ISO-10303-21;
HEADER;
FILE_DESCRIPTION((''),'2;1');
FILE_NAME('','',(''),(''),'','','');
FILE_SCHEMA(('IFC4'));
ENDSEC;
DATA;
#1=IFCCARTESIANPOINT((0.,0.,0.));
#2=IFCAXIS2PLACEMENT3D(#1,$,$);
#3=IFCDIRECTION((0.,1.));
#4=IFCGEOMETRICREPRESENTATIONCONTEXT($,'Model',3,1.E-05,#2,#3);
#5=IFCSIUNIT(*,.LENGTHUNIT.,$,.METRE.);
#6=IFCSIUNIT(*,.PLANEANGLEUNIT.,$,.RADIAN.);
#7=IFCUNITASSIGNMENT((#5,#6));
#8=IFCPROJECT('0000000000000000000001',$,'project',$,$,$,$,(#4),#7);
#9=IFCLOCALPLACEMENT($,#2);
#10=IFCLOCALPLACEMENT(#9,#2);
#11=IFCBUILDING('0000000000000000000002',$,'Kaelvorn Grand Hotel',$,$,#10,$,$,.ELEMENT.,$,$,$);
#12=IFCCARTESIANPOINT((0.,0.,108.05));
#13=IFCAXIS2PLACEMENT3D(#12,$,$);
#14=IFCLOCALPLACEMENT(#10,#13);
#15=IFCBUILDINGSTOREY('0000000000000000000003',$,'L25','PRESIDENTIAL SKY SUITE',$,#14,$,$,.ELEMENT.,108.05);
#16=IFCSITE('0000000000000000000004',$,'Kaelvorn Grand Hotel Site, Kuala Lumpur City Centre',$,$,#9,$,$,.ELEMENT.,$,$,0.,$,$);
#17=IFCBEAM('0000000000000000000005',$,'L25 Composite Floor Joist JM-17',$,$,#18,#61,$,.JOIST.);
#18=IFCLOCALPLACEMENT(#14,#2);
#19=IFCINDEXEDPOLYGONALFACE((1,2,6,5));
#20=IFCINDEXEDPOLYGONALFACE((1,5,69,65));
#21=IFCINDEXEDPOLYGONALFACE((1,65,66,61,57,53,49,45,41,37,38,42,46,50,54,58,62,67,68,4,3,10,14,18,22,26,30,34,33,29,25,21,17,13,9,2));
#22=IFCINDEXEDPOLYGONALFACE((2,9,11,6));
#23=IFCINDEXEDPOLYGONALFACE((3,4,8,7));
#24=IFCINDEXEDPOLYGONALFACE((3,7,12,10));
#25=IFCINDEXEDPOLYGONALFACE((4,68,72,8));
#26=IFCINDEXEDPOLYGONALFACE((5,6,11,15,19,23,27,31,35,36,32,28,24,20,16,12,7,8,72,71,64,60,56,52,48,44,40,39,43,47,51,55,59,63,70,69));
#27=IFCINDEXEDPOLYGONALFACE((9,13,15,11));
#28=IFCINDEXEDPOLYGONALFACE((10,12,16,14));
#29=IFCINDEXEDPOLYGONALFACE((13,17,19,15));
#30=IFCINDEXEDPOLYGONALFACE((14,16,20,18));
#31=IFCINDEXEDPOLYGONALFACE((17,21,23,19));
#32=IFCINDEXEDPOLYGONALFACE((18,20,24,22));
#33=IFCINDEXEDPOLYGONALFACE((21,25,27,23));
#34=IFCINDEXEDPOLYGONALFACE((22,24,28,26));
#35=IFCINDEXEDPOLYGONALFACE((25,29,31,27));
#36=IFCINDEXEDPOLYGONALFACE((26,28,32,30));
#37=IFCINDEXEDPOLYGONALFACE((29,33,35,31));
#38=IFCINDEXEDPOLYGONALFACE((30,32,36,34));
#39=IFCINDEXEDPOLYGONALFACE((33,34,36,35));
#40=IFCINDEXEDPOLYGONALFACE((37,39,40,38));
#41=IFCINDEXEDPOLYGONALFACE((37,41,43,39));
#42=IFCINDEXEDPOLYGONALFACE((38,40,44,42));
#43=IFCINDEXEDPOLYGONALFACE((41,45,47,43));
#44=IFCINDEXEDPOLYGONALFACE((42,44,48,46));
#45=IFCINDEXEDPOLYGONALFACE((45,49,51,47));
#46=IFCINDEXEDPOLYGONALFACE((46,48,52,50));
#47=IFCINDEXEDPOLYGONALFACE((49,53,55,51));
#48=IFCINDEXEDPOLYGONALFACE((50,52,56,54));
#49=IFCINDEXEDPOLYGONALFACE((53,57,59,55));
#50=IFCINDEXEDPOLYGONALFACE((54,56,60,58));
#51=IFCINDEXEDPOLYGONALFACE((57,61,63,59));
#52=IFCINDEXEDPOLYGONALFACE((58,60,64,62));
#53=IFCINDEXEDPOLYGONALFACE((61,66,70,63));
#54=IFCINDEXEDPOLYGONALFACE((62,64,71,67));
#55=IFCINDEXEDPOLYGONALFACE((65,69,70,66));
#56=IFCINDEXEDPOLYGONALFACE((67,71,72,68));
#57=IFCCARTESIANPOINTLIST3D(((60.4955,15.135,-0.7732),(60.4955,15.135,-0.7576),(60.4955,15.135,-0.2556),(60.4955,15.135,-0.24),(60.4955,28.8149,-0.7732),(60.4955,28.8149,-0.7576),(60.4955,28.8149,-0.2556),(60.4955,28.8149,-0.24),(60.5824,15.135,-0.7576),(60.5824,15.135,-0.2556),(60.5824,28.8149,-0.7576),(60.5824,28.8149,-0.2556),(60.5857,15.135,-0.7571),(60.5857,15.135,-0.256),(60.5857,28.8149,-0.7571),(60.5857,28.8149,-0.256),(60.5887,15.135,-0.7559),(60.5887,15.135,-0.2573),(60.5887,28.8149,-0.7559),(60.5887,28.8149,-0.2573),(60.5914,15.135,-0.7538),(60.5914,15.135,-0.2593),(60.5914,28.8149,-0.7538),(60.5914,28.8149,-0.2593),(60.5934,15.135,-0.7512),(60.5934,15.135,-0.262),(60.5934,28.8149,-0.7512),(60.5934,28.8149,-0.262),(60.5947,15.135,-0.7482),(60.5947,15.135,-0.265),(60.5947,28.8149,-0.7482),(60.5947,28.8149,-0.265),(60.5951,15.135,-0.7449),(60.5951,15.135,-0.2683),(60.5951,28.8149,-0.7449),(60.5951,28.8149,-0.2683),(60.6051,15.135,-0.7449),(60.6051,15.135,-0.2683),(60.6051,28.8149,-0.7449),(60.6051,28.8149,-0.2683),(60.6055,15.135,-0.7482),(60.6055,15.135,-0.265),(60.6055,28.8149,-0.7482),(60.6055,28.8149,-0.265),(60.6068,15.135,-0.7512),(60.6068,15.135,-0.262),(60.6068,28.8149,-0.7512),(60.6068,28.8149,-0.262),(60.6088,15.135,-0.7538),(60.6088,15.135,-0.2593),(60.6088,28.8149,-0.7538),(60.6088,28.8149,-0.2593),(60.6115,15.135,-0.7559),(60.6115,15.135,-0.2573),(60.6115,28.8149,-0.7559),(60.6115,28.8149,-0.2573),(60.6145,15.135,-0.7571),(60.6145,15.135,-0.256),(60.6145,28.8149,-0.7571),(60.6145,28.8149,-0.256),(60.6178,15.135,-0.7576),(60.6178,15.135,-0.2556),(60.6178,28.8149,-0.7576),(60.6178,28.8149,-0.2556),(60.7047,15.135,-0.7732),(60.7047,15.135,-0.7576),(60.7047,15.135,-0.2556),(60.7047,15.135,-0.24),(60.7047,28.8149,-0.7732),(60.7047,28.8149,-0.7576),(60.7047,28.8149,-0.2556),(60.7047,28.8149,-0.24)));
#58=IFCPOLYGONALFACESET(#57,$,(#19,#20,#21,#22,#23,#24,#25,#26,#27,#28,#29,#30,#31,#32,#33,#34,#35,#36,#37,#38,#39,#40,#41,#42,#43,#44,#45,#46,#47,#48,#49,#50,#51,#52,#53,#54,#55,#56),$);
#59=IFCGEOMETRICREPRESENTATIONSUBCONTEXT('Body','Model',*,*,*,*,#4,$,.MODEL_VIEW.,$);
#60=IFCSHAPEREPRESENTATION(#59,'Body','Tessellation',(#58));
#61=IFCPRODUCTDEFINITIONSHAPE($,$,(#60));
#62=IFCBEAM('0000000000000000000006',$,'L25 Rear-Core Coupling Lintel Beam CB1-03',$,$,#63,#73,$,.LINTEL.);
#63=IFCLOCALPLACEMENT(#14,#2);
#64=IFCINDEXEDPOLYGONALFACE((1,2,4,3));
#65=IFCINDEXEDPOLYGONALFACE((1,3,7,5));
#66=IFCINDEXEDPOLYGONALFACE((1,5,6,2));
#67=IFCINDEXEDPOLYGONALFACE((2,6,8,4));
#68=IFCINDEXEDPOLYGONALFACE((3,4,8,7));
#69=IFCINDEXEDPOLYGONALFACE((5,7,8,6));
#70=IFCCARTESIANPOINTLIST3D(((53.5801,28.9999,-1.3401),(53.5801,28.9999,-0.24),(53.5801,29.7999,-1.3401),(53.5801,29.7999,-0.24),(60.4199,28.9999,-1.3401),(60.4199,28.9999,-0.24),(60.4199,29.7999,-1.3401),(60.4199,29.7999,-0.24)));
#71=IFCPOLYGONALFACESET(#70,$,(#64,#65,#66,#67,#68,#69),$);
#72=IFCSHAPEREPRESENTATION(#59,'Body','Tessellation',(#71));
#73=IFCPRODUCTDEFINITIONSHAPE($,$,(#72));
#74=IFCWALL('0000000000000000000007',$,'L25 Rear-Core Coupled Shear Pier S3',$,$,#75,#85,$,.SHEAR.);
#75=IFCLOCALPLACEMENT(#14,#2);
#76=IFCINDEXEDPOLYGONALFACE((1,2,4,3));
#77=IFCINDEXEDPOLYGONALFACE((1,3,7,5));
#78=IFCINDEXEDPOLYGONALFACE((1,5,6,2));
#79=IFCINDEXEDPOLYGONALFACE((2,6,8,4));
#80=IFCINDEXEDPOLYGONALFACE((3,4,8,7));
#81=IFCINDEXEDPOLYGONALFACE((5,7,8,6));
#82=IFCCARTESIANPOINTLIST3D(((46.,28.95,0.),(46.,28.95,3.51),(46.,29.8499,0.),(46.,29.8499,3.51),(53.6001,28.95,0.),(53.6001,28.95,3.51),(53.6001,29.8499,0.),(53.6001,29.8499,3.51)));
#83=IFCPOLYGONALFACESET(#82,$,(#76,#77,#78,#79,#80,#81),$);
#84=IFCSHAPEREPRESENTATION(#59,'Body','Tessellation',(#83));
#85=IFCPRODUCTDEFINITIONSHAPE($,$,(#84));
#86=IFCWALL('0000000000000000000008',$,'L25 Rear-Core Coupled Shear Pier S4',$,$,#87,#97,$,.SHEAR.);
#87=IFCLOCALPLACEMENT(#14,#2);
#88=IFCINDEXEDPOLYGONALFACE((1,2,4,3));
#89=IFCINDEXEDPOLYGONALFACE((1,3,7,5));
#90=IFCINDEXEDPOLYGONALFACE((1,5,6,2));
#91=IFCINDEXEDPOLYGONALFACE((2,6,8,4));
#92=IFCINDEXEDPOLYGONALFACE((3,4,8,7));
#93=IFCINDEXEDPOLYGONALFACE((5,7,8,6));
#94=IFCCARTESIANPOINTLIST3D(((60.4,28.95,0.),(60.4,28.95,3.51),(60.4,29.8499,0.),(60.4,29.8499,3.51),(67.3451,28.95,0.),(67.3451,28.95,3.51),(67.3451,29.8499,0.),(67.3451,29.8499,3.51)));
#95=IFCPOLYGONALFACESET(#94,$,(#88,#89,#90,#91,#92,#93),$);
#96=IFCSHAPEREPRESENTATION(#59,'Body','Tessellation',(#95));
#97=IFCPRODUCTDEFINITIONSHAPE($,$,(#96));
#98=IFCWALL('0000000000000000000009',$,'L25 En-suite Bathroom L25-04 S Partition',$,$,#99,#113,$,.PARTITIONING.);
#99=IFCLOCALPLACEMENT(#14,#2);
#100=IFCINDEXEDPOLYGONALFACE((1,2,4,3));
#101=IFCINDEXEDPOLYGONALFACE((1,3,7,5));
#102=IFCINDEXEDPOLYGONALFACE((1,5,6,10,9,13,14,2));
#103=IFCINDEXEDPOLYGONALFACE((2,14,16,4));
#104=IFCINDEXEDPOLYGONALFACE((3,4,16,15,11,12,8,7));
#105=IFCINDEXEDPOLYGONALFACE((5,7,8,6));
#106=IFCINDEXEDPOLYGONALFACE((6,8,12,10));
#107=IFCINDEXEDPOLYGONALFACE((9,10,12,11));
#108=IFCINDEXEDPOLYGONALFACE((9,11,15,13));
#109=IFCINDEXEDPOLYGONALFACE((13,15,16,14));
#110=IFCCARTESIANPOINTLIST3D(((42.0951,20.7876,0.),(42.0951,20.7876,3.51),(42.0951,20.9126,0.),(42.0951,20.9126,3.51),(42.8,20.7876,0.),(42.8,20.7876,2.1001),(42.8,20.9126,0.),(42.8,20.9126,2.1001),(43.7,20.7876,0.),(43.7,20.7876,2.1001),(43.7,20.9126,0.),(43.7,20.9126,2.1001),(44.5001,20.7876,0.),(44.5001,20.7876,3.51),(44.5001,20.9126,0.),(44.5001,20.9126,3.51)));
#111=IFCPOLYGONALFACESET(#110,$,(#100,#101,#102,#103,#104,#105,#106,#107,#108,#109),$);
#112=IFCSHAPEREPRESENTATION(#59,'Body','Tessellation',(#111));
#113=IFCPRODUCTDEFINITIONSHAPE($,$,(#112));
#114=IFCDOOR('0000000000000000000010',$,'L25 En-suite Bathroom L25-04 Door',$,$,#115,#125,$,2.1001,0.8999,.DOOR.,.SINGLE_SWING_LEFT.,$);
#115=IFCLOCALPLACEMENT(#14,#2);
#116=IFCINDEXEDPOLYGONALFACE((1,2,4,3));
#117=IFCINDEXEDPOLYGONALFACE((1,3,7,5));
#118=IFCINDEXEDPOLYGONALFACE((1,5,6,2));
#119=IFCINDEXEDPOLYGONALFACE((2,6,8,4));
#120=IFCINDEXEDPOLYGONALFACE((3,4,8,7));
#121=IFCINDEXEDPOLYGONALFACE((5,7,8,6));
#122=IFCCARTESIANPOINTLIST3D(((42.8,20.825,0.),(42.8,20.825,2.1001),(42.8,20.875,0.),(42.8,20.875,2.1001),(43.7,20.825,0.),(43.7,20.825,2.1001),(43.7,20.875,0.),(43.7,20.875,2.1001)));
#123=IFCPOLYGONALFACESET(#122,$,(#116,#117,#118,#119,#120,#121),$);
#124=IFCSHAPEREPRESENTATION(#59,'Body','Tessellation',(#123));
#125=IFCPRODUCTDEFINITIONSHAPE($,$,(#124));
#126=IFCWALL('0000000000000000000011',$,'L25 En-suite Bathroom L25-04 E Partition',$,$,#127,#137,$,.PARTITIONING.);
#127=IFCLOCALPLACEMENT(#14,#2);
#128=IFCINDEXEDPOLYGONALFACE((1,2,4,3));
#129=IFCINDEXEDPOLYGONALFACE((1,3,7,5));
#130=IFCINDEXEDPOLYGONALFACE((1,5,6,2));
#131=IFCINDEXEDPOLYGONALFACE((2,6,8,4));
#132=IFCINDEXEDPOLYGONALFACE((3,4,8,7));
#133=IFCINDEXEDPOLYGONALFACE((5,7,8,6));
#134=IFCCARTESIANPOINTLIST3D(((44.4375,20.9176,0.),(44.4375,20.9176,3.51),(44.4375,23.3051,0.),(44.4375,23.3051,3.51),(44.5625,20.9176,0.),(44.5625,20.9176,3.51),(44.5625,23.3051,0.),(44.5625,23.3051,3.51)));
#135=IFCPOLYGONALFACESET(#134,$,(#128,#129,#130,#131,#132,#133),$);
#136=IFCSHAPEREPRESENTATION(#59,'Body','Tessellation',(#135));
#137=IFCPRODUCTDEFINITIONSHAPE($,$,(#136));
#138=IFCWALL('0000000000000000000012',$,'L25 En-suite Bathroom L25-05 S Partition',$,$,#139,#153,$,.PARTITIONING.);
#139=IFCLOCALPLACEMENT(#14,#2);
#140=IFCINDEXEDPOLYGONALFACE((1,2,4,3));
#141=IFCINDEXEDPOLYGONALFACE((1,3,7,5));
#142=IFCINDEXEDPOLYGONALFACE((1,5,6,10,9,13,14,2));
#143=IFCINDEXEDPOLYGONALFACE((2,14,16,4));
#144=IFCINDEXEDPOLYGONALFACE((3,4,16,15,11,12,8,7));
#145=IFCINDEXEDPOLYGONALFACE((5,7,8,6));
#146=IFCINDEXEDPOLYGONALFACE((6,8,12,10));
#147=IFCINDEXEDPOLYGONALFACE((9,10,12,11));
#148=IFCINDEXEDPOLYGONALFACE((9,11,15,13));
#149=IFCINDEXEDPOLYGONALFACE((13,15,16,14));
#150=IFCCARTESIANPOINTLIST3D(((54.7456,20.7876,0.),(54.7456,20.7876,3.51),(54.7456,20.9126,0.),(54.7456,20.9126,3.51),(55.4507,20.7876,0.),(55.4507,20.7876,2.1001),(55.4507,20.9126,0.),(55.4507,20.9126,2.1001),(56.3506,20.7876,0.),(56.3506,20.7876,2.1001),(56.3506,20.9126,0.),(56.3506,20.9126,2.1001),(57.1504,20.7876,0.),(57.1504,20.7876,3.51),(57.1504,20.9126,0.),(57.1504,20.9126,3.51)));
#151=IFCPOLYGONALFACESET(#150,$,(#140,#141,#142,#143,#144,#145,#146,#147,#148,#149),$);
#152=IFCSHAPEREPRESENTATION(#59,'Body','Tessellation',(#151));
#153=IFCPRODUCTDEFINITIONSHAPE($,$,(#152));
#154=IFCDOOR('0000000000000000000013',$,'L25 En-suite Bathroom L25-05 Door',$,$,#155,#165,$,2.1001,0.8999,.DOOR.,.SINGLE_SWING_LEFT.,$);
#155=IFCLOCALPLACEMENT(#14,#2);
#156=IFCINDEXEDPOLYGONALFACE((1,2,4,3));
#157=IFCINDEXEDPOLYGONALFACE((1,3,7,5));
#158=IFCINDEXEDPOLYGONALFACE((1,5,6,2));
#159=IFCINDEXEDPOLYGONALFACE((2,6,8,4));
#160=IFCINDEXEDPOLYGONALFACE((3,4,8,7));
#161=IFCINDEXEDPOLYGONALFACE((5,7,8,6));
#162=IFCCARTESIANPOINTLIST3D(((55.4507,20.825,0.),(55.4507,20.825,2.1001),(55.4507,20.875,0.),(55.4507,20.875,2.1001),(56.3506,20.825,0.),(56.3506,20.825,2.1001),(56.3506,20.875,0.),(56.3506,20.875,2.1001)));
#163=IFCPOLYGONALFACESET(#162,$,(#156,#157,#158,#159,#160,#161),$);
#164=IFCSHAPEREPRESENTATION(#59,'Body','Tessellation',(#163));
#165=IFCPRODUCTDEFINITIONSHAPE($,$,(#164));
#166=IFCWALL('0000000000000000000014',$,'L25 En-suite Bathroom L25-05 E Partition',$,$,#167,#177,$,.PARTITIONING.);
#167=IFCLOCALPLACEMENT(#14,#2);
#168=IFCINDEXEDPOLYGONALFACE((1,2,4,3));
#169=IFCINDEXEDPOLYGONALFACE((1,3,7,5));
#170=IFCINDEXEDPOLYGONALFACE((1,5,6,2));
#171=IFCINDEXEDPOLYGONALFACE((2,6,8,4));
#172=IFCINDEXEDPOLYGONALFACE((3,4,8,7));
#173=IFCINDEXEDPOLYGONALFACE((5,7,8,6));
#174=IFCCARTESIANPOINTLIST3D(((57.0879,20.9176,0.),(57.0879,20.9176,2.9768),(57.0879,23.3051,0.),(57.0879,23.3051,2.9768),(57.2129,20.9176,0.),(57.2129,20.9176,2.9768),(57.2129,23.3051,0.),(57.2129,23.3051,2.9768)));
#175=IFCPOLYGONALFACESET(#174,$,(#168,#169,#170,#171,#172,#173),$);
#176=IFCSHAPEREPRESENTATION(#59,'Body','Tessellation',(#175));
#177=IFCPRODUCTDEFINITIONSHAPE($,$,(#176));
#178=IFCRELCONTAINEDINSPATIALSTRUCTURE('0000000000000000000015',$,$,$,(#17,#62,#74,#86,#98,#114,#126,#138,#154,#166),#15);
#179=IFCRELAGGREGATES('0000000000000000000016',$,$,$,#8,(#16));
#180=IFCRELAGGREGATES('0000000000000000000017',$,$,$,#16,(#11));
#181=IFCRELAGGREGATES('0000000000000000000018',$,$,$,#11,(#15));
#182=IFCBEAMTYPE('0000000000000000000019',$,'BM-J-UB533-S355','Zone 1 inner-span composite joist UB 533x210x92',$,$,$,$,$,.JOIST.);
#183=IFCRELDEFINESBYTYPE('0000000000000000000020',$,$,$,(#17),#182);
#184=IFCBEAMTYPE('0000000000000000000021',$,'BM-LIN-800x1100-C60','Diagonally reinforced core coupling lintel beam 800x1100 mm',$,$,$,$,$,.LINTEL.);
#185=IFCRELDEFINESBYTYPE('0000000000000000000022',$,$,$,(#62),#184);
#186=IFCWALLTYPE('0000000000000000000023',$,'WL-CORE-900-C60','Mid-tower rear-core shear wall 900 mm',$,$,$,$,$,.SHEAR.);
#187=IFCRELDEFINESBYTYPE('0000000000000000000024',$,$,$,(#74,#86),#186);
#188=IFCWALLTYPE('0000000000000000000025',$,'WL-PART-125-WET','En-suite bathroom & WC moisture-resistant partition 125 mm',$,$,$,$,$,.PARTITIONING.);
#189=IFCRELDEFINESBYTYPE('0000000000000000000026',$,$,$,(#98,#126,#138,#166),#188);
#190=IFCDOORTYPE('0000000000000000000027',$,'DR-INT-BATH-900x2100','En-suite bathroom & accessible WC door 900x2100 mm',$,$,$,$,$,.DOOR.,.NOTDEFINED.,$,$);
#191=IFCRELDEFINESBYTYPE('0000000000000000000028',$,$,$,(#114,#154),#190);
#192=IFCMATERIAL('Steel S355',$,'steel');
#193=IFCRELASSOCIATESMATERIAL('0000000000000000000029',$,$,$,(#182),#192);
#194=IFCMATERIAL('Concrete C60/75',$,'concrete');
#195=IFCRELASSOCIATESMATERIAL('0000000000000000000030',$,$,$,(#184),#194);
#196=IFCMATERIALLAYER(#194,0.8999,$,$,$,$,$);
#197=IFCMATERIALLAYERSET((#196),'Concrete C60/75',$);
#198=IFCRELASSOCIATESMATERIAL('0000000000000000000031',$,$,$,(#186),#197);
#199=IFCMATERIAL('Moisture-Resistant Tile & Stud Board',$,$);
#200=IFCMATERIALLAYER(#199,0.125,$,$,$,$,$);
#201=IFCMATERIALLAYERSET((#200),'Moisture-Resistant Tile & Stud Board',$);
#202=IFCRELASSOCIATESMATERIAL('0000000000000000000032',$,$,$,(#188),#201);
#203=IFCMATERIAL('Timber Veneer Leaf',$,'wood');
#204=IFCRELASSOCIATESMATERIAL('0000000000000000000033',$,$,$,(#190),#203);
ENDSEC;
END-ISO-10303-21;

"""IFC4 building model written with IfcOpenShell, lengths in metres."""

from ifc_helpers import new_model, si_unit, direction, frame, frame_2d, origin, origin_2d, place, context, subcontext, project, spatial, rectangle, i_section, extrude, material, layer, layer_set, material_profile, profile_set, type_object, element, fill, save


model = new_model("IFC4")

# Units and contexts
model_context = context("Model", 3, precision=1e-05, world=origin(), true_north=direction((0.0, 1.0)))
body_context = subcontext(model_context, "Body", "Model", "MODEL_VIEW")
ifc_project = project(units=[si_unit("LENGTHUNIT", "METRE"), si_unit("PLANEANGLEUNIT", "RADIAN")], contexts=[model_context])

# Site, building, storey
site_placement = place(None, origin())
site = spatial("IfcSite", under=ifc_project, at=site_placement, Name="Kaelvorn Grand Hotel Site, Kuala Lumpur City Centre", CompositionType="ELEMENT", RefElevation=0.0)
building_placement = place(site_placement, origin())
building = spatial("IfcBuilding", under=site, at=building_placement, Name="Kaelvorn Grand Hotel", CompositionType="ELEMENT")
storey_placement = place(building_placement, frame((0.0, 0.0, 108.05)))
storey = spatial("IfcBuildingStorey", under=building, at=storey_placement, Name="L25", Description="PRESIDENTIAL SKY SUITE", CompositionType="ELEMENT", Elevation=108.05)

# Shared definitions
ifc_material_1 = material(Name="Concrete C60/75", Category="concrete")

# Beams
ifc_material_2 = material(Name="Steel S355", Category="steel")
ifc_material_profile_1 = material_profile(ifc_material_2, i_section(OverallWidth=0.2092, OverallDepth=0.5332, WebThickness=0.01, FlangeThickness=0.0156, FilletRadius=0.0127, at=origin_2d()), Name="UB 533x210x92")
ifc_profile_set_1 = profile_set([ifc_material_profile_1], Name="Steel S355")
beam_type_1 = type_object("IfcBeamType", Name="BM-J-UB533-S355", Description="Zone 1 inner-span composite joist UB 533x210x92", PredefinedType="JOIST", material=ifc_profile_set_1)
beam_1_placement = place(storey_placement, frame((60.6001, 15.135, -0.5066), z_axis=(0.0, 1.0, 0.0), x_axis=(-1.0, 0.0, 0.0)))
element("IfcBeam", 1, at=beam_1_placement, inside=storey, type_object=beam_type_1, Name="L25 Composite Floor Joist JM-17", PredefinedType="JOIST", context=body_context, shape_type="SweptSolid", body=[
    extrude(i_section(OverallWidth=0.2092, OverallDepth=0.5332, WebThickness=0.01, FlangeThickness=0.0156, FilletRadius=0.0127, at=origin_2d()), origin(), (0.0, 0.0, 1.0), 13.6799),
])
ifc_material_profile_2 = material_profile(ifc_material_1, rectangle(XDim=0.8, YDim=1.1001, at=origin_2d()), Name="RC LINTEL 800x1100")
ifc_profile_set_2 = profile_set([ifc_material_profile_2], Name="Concrete C60/75")
beam_type_2 = type_object("IfcBeamType", Name="BM-LIN-800x1100-C60", Description="Diagonally reinforced core coupling lintel beam 800x1100 mm", PredefinedType="LINTEL", material=ifc_profile_set_2)
beam_2_placement = place(storey_placement, frame((53.5801, 29.3999, -0.79), z_axis=(1.0, 0.0, 0.0), x_axis=(0.0, 1.0, 0.0)))
element("IfcBeam", 2, at=beam_2_placement, inside=storey, type_object=beam_type_2, Name="L25 Rear-Core Coupling Lintel Beam CB1-03", PredefinedType="LINTEL", context=body_context, shape_type="SweptSolid", body=[
    extrude(rectangle(XDim=0.8, YDim=1.1001, at=origin_2d()), origin(), (0.0, 0.0, 1.0), 6.8398),
])

# Walls
ifc_layer_1 = layer(ifc_material_1, 0.8999)
ifc_layer_set_1 = layer_set([ifc_layer_1], Name="Concrete C60/75")
wall_type_1 = type_object("IfcWallType", Name="WL-CORE-900-C60", Description="Mid-tower rear-core shear wall 900 mm", PredefinedType="SHEAR", material=ifc_layer_set_1)
wall_1_placement = place(storey_placement, frame((46.0, 29.3999, 0.0), z_axis=(0.0, 0.0, 1.0), x_axis=(1.0, 0.0, 0.0)))
element("IfcWall", 3, at=wall_1_placement, inside=storey, type_object=wall_type_1, Name="L25 Rear-Core Coupled Shear Pier S3", PredefinedType="SHEAR", context=body_context, shape_type="SweptSolid", body=[
    extrude(rectangle(XDim=7.6001, YDim=0.8999, at=frame_2d((3.8, 0.0))), origin(), (0.0, 0.0, 1.0), 3.51),
])
wall_2_placement = place(storey_placement, frame((60.3999, 29.3999, 0.0), z_axis=(0.0, 0.0, 1.0), x_axis=(1.0, 0.0, 0.0)))
element("IfcWall", 4, at=wall_2_placement, inside=storey, type_object=wall_type_1, Name="L25 Rear-Core Coupled Shear Pier S4", PredefinedType="SHEAR", context=body_context, shape_type="SweptSolid", body=[
    extrude(rectangle(XDim=6.9451, YDim=0.8999, at=frame_2d((3.4727, 0.0))), origin(), (0.0, 0.0, 1.0), 3.51),
])

# Wall, opening, door
ifc_material_3 = material(Name="Moisture-Resistant Tile & Stud Board")
ifc_layer_2 = layer(ifc_material_3, 0.125)
ifc_layer_set_2 = layer_set([ifc_layer_2], Name="Moisture-Resistant Tile & Stud Board")
wall_type_2 = type_object("IfcWallType", Name="WL-PART-125-WET", Description="En-suite bathroom & WC moisture-resistant partition 125 mm", PredefinedType="PARTITIONING", material=ifc_layer_set_2)
wall_3_placement = place(storey_placement, frame((42.095, 20.8501, 0.0), z_axis=(0.0, 0.0, 1.0), x_axis=(1.0, 0.0, 0.0)))
wall_3 = element("IfcWall", 5, at=wall_3_placement, inside=storey, type_object=wall_type_2, Name="L25 En-suite Bathroom L25-04 S Partition", PredefinedType="PARTITIONING", context=body_context, shape_type="SweptSolid", body=[
    extrude(rectangle(XDim=2.405, YDim=0.125, at=frame_2d((1.2026, 0.0))), origin(), (0.0, 0.0, 1.0), 3.51),
])
opening_1_placement = place(wall_3_placement, frame((0.7051, 0.0, 0.0)))
opening_1 = element("IfcOpeningElement", 6, at=opening_1_placement, cuts=wall_3, PredefinedType="OPENING", context=body_context, shape_type="SweptSolid", body=[
    extrude(rectangle(XDim=0.8999, YDim=2.1001, at=frame_2d((0.45, 1.05))), frame((0.0, 0.0725, 0.0), z_axis=(0.0, -1.0, 0.0), x_axis=(1.0, 0.0, 0.0)), (0.0, 0.0, 1.0), 0.145),
])
ifc_material_4 = material(Name="Timber Veneer Leaf", Category="wood")
door_type_1 = type_object("IfcDoorType", Name="DR-INT-BATH-900x2100", Description="En-suite bathroom & accessible WC door 900x2100 mm", OperationType="NOTDEFINED", PredefinedType="DOOR", material=ifc_material_4)
door_1_placement = place(opening_1_placement, origin())
door_1 = element("IfcDoor", 7, at=door_1_placement, inside=storey, type_object=door_type_1, Name="L25 En-suite Bathroom L25-04 Door", OperationType="SINGLE_SWING_LEFT", OverallHeight=2.1001, OverallWidth=0.8999, PredefinedType="DOOR", context=body_context, shape_type="SweptSolid", body=[
    extrude(rectangle(XDim=0.8999, YDim=2.1001, at=frame_2d((0.45, 1.05))), frame((0.0, 0.0249, 0.0), z_axis=(0.0, -1.0, 0.0), x_axis=(1.0, 0.0, 0.0)), (0.0, 0.0, 1.0), 0.05),
])
fill(opening_1, door_1)

# Wall
wall_4_placement = place(storey_placement, frame((44.5, 20.9175, 0.0), z_axis=(0.0, 0.0, 1.0), x_axis=(0.0, 1.0, 0.0)))
element("IfcWall", 8, at=wall_4_placement, inside=storey, type_object=wall_type_2, Name="L25 En-suite Bathroom L25-04 E Partition", PredefinedType="PARTITIONING", context=body_context, shape_type="SweptSolid", body=[
    extrude(rectangle(XDim=2.3875, YDim=0.125, at=frame_2d((1.1938, 0.0))), origin(), (0.0, 0.0, 1.0), 3.51),
])

# Wall, opening, door
wall_5_placement = place(storey_placement, frame((54.7456, 20.8501, 0.0), z_axis=(0.0, 0.0, 1.0), x_axis=(1.0, 0.0, 0.0)))
wall_5 = element("IfcWall", 9, at=wall_5_placement, inside=storey, type_object=wall_type_2, Name="L25 En-suite Bathroom L25-05 S Partition", PredefinedType="PARTITIONING", context=body_context, shape_type="SweptSolid", body=[
    extrude(rectangle(XDim=2.4048, YDim=0.125, at=frame_2d((1.2024, 0.0))), origin(), (0.0, 0.0, 1.0), 3.51),
])
opening_2_placement = place(wall_5_placement, frame((0.7051, 0.0, 0.0)))
opening_2 = element("IfcOpeningElement", 10, at=opening_2_placement, cuts=wall_5, PredefinedType="OPENING", context=body_context, shape_type="SweptSolid", body=[
    extrude(rectangle(XDim=0.8999, YDim=2.1001, at=frame_2d((0.45, 1.05))), frame((0.0, 0.0725, 0.0), z_axis=(0.0, -1.0, 0.0), x_axis=(1.0, 0.0, 0.0)), (0.0, 0.0, 1.0), 0.145),
])
door_2_placement = place(opening_2_placement, origin())
door_2 = element("IfcDoor", 11, at=door_2_placement, inside=storey, type_object=door_type_1, Name="L25 En-suite Bathroom L25-05 Door", OperationType="SINGLE_SWING_LEFT", OverallHeight=2.1001, OverallWidth=0.8999, PredefinedType="DOOR", context=body_context, shape_type="SweptSolid", body=[
    extrude(rectangle(XDim=0.8999, YDim=2.1001, at=frame_2d((0.45, 1.05))), frame((0.0, 0.0249, 0.0), z_axis=(0.0, -1.0, 0.0), x_axis=(1.0, 0.0, 0.0)), (0.0, 0.0, 1.0), 0.05),
])
fill(opening_2, door_2)

# Wall
wall_6_placement = place(storey_placement, frame((57.1504, 20.9175, 0.0), z_axis=(0.0, 0.0, 1.0), x_axis=(0.0, 1.0, 0.0)))
element("IfcWall", 12, at=wall_6_placement, inside=storey, type_object=wall_type_2, Name="L25 En-suite Bathroom L25-05 E Partition", PredefinedType="PARTITIONING", context=body_context, shape_type="SweptSolid", body=[
    extrude(rectangle(XDim=2.3875, YDim=0.125, at=frame_2d((1.1938, 0.0))), origin(), (0.0, 0.0, 1.0), 2.9768),
])

save(model, "model.ifc")
